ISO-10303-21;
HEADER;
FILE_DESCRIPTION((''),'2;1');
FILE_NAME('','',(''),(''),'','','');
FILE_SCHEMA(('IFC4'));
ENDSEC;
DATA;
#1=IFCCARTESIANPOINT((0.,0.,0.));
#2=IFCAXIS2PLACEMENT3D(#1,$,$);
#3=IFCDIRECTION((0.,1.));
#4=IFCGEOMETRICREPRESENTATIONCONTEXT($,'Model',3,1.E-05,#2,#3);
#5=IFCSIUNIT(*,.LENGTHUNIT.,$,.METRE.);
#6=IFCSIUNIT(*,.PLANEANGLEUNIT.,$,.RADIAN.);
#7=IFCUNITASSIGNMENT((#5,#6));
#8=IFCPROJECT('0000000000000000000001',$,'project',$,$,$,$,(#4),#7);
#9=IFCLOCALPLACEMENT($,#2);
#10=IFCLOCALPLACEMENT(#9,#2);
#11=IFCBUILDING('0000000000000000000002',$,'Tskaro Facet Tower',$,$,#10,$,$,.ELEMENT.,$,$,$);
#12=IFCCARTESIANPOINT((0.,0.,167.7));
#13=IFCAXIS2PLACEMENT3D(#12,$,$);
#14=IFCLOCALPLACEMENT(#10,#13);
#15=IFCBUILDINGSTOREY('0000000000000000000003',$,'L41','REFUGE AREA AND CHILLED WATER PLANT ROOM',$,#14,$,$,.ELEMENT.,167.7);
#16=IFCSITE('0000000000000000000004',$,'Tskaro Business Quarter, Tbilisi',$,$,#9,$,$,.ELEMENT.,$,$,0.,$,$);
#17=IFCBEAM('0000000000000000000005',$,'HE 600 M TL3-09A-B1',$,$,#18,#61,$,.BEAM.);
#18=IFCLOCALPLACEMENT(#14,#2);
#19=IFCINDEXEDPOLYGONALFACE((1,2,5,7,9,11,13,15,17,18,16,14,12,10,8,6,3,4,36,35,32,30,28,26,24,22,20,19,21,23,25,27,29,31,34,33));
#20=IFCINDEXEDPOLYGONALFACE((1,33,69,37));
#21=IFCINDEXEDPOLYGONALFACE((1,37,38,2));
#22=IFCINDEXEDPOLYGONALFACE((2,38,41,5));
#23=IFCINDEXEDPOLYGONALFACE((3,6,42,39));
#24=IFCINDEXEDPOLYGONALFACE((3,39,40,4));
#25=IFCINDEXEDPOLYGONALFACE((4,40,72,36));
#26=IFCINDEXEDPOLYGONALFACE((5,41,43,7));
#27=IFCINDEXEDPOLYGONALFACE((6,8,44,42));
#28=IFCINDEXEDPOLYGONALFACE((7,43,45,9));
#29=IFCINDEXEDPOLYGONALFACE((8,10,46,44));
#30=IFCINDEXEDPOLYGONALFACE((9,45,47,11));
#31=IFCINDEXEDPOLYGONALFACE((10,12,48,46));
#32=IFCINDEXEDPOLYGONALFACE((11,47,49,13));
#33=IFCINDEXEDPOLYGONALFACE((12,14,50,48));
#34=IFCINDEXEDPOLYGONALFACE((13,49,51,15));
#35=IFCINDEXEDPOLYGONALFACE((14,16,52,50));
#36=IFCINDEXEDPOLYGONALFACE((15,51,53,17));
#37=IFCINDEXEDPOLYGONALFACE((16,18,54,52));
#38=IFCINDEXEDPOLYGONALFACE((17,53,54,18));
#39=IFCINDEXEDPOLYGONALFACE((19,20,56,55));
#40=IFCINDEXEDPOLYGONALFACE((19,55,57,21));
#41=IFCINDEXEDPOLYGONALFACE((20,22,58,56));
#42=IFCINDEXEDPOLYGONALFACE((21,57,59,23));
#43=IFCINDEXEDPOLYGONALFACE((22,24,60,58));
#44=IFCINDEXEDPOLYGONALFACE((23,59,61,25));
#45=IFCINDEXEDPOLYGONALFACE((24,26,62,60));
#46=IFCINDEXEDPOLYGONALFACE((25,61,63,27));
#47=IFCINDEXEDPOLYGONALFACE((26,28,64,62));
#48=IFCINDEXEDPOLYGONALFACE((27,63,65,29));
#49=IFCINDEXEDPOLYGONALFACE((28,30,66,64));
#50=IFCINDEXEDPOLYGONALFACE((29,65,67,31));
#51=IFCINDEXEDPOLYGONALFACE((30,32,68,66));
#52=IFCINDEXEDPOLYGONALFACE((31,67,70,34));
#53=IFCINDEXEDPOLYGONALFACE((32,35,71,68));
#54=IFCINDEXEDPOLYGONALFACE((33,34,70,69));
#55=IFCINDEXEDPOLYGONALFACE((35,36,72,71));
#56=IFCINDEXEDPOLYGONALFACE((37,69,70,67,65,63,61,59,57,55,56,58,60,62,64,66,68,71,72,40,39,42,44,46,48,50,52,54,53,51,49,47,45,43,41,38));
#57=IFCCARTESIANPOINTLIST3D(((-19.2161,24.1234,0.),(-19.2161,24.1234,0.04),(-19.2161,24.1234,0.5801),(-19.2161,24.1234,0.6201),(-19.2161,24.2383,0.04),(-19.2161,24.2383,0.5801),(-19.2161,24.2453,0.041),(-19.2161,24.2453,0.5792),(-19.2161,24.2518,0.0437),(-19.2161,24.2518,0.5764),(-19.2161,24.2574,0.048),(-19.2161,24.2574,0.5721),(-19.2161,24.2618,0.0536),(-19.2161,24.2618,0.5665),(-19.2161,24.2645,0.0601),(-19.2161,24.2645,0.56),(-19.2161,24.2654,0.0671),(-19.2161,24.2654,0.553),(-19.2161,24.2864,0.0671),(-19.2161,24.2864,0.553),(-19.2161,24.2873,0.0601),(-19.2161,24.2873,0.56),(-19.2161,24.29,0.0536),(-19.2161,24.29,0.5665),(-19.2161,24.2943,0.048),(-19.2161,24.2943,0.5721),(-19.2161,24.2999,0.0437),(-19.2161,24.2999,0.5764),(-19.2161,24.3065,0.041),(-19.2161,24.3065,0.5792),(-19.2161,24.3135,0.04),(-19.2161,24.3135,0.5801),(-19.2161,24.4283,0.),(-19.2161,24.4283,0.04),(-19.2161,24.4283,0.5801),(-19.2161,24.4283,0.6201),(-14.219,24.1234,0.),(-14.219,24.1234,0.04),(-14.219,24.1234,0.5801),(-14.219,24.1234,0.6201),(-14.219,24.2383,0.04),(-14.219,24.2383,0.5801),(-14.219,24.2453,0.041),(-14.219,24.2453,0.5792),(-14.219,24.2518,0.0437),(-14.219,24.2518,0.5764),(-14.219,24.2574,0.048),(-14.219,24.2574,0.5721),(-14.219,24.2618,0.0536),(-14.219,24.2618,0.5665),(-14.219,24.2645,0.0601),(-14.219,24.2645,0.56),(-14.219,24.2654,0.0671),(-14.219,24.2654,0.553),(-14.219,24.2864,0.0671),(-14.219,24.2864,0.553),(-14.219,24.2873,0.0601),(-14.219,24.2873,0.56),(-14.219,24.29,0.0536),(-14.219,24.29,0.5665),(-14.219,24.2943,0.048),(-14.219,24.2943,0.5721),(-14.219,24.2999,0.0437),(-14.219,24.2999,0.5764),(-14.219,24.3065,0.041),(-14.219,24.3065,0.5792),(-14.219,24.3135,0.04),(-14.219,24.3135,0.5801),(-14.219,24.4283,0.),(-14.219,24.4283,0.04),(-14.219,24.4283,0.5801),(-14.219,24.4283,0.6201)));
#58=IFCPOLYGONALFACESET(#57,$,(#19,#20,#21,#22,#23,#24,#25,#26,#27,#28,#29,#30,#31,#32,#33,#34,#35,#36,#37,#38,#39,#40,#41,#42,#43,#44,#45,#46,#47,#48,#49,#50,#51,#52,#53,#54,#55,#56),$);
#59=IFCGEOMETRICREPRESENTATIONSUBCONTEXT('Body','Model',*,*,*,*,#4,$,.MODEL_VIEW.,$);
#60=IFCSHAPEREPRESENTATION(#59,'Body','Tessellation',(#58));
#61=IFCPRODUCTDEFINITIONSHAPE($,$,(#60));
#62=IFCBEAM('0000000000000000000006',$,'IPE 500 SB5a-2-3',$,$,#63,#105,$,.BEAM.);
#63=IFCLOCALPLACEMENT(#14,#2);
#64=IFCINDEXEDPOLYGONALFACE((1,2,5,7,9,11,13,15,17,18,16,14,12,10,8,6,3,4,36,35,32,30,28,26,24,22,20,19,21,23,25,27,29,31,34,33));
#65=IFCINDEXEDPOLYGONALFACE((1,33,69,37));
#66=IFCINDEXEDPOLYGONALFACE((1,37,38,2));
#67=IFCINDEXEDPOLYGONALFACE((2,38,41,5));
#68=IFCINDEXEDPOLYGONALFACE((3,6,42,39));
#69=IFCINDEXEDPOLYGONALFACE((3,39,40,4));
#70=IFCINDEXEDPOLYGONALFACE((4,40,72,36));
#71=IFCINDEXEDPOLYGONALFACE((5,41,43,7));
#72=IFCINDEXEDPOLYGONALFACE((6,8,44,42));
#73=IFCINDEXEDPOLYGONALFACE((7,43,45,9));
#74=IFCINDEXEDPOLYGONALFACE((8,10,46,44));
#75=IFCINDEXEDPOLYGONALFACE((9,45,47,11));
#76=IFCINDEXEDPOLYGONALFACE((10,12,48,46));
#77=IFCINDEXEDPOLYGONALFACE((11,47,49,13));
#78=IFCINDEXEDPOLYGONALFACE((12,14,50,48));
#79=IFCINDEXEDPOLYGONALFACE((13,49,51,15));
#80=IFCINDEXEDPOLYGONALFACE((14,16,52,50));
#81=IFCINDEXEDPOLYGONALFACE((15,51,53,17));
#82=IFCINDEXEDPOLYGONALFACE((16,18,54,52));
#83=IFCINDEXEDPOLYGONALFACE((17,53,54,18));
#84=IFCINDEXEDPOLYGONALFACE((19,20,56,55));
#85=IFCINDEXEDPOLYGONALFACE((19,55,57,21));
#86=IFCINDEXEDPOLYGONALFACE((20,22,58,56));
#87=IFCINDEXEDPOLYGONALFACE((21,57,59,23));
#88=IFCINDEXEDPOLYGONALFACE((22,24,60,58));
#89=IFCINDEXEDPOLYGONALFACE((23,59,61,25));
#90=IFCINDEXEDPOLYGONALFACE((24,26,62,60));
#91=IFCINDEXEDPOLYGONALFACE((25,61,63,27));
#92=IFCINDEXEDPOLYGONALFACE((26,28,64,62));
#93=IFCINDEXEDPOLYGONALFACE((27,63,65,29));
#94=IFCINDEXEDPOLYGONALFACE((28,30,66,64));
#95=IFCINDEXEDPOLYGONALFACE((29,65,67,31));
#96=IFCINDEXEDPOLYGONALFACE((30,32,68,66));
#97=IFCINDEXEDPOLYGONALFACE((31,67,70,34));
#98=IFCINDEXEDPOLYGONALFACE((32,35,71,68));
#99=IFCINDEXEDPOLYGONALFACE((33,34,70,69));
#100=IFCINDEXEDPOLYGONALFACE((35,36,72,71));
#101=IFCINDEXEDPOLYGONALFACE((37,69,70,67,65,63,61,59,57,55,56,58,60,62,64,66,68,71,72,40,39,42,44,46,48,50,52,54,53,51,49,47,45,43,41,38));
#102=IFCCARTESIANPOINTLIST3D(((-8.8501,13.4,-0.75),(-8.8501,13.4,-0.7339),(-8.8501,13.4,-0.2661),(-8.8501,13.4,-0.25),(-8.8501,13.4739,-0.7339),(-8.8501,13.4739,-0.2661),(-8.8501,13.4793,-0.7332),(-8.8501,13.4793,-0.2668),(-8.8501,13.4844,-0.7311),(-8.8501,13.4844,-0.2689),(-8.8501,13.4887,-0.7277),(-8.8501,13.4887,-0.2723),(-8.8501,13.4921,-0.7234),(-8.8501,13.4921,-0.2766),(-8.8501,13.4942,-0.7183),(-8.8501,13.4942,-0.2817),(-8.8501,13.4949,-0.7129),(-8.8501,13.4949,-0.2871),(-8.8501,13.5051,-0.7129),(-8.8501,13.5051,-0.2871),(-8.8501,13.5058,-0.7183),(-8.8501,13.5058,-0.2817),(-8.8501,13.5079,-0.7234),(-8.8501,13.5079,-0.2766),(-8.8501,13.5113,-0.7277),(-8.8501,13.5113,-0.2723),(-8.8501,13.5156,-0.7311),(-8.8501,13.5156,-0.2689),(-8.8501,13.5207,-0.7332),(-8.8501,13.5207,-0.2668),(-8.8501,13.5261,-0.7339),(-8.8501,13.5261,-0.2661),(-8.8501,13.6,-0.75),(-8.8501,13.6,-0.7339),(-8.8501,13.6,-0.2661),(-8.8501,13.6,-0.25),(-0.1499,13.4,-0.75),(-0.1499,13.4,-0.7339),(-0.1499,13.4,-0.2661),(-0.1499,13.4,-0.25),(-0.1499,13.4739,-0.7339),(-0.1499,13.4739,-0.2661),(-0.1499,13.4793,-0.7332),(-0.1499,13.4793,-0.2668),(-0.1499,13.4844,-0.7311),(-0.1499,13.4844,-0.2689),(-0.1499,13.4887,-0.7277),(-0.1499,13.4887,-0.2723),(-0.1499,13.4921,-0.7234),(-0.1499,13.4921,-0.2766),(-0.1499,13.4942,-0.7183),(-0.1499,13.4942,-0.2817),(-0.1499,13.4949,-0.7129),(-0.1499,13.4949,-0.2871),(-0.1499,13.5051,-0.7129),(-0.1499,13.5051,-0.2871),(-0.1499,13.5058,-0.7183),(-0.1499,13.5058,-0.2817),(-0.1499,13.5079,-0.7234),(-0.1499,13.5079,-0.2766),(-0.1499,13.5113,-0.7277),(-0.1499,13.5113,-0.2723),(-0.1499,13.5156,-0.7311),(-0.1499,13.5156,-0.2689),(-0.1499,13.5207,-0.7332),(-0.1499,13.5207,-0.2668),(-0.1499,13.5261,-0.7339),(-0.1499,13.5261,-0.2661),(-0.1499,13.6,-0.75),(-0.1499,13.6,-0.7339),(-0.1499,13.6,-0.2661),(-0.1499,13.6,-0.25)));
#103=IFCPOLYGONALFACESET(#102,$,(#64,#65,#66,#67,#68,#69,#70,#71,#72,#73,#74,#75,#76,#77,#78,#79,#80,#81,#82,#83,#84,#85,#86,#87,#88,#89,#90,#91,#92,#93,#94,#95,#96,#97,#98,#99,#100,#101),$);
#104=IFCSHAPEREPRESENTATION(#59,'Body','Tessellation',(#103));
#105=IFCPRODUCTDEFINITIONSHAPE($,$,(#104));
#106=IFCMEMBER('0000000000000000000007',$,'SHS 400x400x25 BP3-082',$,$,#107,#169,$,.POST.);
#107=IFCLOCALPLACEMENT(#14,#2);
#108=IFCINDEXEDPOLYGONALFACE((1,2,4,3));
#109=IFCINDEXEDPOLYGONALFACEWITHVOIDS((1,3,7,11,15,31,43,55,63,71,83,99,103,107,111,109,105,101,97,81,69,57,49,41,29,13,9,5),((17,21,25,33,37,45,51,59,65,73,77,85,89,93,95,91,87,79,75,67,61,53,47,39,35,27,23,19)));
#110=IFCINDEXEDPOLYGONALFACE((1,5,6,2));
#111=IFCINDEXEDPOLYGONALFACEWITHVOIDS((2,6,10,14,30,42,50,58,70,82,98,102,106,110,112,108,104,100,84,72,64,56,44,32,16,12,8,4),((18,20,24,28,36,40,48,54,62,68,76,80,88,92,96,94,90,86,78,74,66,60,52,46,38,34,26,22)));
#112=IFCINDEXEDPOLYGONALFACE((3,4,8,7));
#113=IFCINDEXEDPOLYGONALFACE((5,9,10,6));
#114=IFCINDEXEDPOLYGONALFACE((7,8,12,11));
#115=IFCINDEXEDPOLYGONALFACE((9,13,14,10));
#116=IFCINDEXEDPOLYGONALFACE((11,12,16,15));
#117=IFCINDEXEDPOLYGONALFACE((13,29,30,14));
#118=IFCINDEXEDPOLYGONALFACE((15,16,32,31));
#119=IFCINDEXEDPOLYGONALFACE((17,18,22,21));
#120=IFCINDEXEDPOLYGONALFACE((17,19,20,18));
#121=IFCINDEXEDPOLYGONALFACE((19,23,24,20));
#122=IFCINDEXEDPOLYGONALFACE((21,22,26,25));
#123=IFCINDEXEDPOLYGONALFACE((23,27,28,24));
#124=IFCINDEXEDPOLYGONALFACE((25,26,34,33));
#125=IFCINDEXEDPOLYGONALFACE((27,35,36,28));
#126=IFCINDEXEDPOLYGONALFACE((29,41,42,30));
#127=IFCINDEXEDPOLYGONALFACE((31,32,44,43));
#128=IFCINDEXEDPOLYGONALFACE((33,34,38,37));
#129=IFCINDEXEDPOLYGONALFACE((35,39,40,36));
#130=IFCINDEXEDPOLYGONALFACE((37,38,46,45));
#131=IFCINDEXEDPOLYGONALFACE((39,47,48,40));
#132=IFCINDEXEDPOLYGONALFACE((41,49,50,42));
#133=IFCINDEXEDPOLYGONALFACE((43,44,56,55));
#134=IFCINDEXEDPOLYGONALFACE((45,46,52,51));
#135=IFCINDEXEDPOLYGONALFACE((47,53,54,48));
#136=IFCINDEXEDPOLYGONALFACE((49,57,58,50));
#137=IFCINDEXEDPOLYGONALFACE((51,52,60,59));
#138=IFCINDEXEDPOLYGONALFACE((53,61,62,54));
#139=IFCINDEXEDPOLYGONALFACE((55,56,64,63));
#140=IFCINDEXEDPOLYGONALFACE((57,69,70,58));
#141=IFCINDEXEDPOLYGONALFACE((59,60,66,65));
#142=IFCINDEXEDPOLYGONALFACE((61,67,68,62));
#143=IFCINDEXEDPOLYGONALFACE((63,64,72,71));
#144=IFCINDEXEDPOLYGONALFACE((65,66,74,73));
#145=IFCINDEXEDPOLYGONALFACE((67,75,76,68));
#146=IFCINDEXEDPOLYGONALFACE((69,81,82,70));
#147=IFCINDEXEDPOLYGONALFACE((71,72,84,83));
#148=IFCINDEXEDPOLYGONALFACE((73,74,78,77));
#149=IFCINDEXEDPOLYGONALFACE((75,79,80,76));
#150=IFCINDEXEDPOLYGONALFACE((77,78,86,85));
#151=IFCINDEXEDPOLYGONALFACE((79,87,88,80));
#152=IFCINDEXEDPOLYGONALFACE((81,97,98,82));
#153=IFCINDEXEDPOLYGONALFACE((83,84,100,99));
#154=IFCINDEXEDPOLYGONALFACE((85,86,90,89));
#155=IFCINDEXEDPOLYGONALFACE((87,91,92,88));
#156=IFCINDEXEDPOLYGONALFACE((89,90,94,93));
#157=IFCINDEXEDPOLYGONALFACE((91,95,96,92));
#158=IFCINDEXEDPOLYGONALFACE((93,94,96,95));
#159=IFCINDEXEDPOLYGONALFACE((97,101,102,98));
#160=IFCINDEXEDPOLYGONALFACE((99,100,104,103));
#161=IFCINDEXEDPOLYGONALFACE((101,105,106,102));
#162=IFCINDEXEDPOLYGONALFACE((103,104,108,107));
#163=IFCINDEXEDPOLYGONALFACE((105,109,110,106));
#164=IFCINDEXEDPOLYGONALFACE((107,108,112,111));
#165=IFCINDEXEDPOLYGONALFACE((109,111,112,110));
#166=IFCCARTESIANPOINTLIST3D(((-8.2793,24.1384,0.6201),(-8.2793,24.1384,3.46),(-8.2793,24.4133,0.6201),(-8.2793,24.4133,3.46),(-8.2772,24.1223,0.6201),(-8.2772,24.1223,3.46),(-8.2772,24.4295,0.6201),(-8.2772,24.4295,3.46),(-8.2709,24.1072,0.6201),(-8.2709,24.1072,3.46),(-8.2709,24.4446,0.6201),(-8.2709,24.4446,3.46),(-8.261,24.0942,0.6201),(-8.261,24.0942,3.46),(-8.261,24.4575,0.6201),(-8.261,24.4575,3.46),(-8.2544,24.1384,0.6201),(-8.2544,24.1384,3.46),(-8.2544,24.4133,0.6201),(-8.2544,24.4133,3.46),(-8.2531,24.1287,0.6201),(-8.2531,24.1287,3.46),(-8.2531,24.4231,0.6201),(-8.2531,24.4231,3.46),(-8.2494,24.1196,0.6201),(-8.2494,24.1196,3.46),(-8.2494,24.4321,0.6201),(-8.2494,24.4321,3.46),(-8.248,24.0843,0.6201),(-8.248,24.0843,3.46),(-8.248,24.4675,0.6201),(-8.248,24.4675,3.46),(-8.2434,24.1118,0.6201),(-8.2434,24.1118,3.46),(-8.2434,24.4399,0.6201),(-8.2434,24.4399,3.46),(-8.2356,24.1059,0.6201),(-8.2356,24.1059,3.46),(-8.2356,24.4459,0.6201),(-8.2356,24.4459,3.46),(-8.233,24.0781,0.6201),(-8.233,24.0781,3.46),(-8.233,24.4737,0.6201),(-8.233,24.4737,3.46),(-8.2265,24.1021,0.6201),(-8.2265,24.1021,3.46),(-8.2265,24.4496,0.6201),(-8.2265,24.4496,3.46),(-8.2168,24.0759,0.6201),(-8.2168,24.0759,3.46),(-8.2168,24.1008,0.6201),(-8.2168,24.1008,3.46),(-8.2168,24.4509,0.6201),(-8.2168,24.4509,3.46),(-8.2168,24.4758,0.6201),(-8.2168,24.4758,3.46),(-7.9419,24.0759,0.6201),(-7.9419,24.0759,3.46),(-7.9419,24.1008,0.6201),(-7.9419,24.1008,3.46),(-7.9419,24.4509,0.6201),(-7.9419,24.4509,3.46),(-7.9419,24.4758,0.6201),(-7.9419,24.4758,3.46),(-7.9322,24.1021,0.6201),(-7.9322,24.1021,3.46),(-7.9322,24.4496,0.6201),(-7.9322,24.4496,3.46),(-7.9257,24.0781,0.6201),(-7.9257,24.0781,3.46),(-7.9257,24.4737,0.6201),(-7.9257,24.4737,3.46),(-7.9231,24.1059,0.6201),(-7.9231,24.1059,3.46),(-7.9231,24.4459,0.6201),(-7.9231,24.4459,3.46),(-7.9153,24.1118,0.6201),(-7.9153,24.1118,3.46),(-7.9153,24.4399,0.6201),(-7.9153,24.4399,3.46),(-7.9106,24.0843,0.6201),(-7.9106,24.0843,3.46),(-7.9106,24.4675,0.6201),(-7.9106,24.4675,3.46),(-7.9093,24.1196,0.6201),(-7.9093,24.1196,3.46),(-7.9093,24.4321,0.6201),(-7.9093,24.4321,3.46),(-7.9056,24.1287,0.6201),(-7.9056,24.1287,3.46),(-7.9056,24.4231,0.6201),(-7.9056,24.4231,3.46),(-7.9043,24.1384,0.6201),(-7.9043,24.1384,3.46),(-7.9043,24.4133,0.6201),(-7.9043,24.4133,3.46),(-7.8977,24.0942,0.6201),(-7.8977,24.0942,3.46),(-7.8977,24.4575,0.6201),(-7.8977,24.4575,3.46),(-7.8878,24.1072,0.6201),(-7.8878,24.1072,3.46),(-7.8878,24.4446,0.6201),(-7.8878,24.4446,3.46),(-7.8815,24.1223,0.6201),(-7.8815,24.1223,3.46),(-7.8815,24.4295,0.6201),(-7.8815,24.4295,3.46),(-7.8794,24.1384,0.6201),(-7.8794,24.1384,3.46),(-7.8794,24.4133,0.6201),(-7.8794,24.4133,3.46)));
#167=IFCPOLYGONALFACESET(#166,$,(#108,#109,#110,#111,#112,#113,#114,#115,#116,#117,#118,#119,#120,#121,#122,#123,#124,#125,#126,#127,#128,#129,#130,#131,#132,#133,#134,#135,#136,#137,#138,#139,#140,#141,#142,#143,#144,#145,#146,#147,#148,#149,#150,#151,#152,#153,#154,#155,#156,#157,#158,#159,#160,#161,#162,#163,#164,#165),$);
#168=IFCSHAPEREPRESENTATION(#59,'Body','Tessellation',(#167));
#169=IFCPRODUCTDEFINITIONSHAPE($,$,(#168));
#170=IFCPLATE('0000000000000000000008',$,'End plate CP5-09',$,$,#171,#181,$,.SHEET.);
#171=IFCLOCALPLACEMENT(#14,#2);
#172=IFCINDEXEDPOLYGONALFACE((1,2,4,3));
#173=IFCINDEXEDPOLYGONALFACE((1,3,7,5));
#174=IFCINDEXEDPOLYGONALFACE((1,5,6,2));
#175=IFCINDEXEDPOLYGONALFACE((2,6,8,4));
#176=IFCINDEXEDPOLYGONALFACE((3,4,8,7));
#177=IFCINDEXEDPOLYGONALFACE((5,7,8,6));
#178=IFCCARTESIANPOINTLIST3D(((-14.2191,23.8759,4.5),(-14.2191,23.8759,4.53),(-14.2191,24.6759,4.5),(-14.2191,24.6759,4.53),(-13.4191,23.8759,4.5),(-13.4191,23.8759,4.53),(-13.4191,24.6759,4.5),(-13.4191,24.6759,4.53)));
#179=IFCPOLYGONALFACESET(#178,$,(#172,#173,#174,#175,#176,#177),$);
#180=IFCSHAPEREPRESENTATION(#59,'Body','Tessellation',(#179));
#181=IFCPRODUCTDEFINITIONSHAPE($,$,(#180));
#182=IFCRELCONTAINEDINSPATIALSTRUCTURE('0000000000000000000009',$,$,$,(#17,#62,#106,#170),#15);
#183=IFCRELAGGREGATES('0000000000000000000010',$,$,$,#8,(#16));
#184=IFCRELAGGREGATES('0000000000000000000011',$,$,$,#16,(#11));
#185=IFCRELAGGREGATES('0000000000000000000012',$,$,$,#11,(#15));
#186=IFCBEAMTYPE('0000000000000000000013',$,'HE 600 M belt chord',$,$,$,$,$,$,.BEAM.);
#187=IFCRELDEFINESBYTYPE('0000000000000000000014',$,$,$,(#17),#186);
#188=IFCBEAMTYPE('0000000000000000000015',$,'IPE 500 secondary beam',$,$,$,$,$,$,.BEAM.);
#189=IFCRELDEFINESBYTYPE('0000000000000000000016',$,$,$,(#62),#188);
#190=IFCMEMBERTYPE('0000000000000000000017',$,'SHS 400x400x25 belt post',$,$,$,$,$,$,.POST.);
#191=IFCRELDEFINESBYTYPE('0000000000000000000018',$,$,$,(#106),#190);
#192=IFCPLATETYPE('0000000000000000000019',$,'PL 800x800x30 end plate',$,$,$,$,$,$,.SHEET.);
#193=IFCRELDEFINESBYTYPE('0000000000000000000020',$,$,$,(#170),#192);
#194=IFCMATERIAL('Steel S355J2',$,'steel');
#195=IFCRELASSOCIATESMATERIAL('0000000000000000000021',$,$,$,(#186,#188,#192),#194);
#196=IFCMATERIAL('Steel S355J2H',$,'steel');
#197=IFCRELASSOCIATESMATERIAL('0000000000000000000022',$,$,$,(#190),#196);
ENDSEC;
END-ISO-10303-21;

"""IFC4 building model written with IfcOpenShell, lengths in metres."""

from ifc_helpers import new_model, si_unit, direction, frame, origin, origin_2d, place, context, subcontext, project, spatial, rectangle, hollow_rectangle, i_section, extrude, material, material_profile, profile_set, type_object, element, save


model = new_model("IFC4")

# Units and contexts
model_context = context("Model", 3, precision=1e-05, world=origin(), true_north=direction((0.0, 1.0)))
body_context = subcontext(model_context, "Body", "Model", "MODEL_VIEW")
ifc_project = project(units=[si_unit("LENGTHUNIT", "METRE"), si_unit("PLANEANGLEUNIT", "RADIAN")], contexts=[model_context])

# Site, building, storey
site_placement = place(None, origin())
site = spatial("IfcSite", under=ifc_project, at=site_placement, Name="Tskaro Business Quarter, Tbilisi", CompositionType="ELEMENT", RefElevation=0.0)
building_placement = place(site_placement, origin())
building = spatial("IfcBuilding", under=site, at=building_placement, Name="Tskaro Facet Tower", CompositionType="ELEMENT")
storey_placement = place(building_placement, frame((0.0, 0.0, 167.7)))
storey = spatial("IfcBuildingStorey", under=building, at=storey_placement, Name="L41", Description="REFUGE AREA AND CHILLED WATER PLANT ROOM", CompositionType="ELEMENT", Elevation=167.7)

# Shared definitions
ifc_material_1 = material(Name="Steel S355J2H", Category="steel")

# Shared definitions
ifc_material_2 = material(Name="Steel S355J2", Category="steel")

# Beams
ifc_material_profile_1 = material_profile(ifc_material_2, i_section(OverallWidth=0.3049, OverallDepth=0.6201, WebThickness=0.021, FlangeThickness=0.04, FilletRadius=0.0271, at=origin_2d()), Name="HE 600 M")
ifc_profile_set_1 = profile_set([ifc_material_profile_1], Name="Steel S355J2")
beam_type_1 = type_object("IfcBeamType", Name="HE 600 M belt chord", PredefinedType="BEAM", material=ifc_profile_set_1)
for number, where, z_axis, x_axis, name in (
    (1, (-14.219, 24.2759, 0.3101), (-1.0, 0.0, 0.0), (0.0, -1.0, 0.0), "HE 600 M TL3-09A-B1"),
):
    element("IfcBeam", number, at=place(storey_placement, frame(where, z_axis=z_axis, x_axis=x_axis)), inside=storey, type_object=beam_type_1, Name=name, PredefinedType="BEAM", context=body_context, shape_type="SweptSolid", body=[
        extrude(i_section(OverallWidth=0.3049, OverallDepth=0.6201, WebThickness=0.021, FlangeThickness=0.04, FilletRadius=0.0271, at=origin_2d()), origin(), (0.0, 0.0, 1.0), 4.9971),
    ])
ifc_material_profile_2 = material_profile(ifc_material_2, i_section(OverallWidth=0.2, OverallDepth=0.5, WebThickness=0.0103, FlangeThickness=0.0161, FilletRadius=0.021, at=origin_2d()), Name="IPE 500")
ifc_profile_set_2 = profile_set([ifc_material_profile_2], Name="Steel S355J2")
beam_type_2 = type_object("IfcBeamType", Name="IPE 500 secondary beam", PredefinedType="BEAM", material=ifc_profile_set_2)
beam_1_placement = place(storey_placement, frame((-8.8501, 13.5, -0.5), z_axis=(1.0, 0.0, 0.0), x_axis=(0.0, 1.0, 0.0)))
element("IfcBeam", 2, at=beam_1_placement, inside=storey, type_object=beam_type_2, Name="IPE 500 SB5a-2-3", PredefinedType="BEAM", context=body_context, shape_type="SweptSolid", body=[
    extrude(i_section(OverallWidth=0.2, OverallDepth=0.5, WebThickness=0.0103, FlangeThickness=0.0161, FilletRadius=0.021, at=origin_2d()), origin(), (0.0, 0.0, 1.0), 8.7002),
])

# Member
ifc_material_profile_3 = material_profile(ifc_material_1, hollow_rectangle(XDim=0.3999, YDim=0.3999, WallThickness=0.0249, InnerFilletRadius=0.0376, OuterFilletRadius=0.0625, at=origin_2d()), Name="SHS 400x400x25")
ifc_profile_set_3 = profile_set([ifc_material_profile_3], Name="Steel S355J2H")
member_type_1 = type_object("IfcMemberType", Name="SHS 400x400x25 belt post", PredefinedType="POST", material=ifc_profile_set_3)
member_1_placement = place(storey_placement, frame((-8.0793, 24.2759, 0.6201), z_axis=(0.0, 0.0, 1.0), x_axis=(1.0, 0.0, 0.0)))
element("IfcMember", 3, at=member_1_placement, inside=storey, type_object=member_type_1, Name="SHS 400x400x25 BP3-082", PredefinedType="POST", context=body_context, shape_type="SweptSolid", body=[
    extrude(hollow_rectangle(XDim=0.3999, YDim=0.3999, WallThickness=0.0249, InnerFilletRadius=0.0376, OuterFilletRadius=0.0625, at=origin_2d()), origin(), (0.0, 0.0, 1.0), 2.8398),
])

# Plate
ifc_material_profile_4 = material_profile(ifc_material_2, rectangle(XDim=0.8, YDim=0.8, at=origin_2d()), Name="PL 800x800x30 end plate")
ifc_profile_set_4 = profile_set([ifc_material_profile_4], Name="Steel S355J2")
plate_type = type_object("IfcPlateType", Name="PL 800x800x30 end plate", PredefinedType="SHEET", material=ifc_profile_set_4)
plate_placement = place(storey_placement, frame((-13.8191, 24.2759, 4.5), z_axis=(0.0, 0.0, 1.0), x_axis=(1.0, 0.0, 0.0)))
element("IfcPlate", 4, at=plate_placement, inside=storey, type_object=plate_type, Name="End plate CP5-09", PredefinedType="SHEET", context=body_context, shape_type="SweptSolid", body=[
    extrude(rectangle(XDim=0.8, YDim=0.8, at=origin_2d()), origin(), (0.0, 0.0, 1.0), 0.03),
])

save(model, "model.ifc")
